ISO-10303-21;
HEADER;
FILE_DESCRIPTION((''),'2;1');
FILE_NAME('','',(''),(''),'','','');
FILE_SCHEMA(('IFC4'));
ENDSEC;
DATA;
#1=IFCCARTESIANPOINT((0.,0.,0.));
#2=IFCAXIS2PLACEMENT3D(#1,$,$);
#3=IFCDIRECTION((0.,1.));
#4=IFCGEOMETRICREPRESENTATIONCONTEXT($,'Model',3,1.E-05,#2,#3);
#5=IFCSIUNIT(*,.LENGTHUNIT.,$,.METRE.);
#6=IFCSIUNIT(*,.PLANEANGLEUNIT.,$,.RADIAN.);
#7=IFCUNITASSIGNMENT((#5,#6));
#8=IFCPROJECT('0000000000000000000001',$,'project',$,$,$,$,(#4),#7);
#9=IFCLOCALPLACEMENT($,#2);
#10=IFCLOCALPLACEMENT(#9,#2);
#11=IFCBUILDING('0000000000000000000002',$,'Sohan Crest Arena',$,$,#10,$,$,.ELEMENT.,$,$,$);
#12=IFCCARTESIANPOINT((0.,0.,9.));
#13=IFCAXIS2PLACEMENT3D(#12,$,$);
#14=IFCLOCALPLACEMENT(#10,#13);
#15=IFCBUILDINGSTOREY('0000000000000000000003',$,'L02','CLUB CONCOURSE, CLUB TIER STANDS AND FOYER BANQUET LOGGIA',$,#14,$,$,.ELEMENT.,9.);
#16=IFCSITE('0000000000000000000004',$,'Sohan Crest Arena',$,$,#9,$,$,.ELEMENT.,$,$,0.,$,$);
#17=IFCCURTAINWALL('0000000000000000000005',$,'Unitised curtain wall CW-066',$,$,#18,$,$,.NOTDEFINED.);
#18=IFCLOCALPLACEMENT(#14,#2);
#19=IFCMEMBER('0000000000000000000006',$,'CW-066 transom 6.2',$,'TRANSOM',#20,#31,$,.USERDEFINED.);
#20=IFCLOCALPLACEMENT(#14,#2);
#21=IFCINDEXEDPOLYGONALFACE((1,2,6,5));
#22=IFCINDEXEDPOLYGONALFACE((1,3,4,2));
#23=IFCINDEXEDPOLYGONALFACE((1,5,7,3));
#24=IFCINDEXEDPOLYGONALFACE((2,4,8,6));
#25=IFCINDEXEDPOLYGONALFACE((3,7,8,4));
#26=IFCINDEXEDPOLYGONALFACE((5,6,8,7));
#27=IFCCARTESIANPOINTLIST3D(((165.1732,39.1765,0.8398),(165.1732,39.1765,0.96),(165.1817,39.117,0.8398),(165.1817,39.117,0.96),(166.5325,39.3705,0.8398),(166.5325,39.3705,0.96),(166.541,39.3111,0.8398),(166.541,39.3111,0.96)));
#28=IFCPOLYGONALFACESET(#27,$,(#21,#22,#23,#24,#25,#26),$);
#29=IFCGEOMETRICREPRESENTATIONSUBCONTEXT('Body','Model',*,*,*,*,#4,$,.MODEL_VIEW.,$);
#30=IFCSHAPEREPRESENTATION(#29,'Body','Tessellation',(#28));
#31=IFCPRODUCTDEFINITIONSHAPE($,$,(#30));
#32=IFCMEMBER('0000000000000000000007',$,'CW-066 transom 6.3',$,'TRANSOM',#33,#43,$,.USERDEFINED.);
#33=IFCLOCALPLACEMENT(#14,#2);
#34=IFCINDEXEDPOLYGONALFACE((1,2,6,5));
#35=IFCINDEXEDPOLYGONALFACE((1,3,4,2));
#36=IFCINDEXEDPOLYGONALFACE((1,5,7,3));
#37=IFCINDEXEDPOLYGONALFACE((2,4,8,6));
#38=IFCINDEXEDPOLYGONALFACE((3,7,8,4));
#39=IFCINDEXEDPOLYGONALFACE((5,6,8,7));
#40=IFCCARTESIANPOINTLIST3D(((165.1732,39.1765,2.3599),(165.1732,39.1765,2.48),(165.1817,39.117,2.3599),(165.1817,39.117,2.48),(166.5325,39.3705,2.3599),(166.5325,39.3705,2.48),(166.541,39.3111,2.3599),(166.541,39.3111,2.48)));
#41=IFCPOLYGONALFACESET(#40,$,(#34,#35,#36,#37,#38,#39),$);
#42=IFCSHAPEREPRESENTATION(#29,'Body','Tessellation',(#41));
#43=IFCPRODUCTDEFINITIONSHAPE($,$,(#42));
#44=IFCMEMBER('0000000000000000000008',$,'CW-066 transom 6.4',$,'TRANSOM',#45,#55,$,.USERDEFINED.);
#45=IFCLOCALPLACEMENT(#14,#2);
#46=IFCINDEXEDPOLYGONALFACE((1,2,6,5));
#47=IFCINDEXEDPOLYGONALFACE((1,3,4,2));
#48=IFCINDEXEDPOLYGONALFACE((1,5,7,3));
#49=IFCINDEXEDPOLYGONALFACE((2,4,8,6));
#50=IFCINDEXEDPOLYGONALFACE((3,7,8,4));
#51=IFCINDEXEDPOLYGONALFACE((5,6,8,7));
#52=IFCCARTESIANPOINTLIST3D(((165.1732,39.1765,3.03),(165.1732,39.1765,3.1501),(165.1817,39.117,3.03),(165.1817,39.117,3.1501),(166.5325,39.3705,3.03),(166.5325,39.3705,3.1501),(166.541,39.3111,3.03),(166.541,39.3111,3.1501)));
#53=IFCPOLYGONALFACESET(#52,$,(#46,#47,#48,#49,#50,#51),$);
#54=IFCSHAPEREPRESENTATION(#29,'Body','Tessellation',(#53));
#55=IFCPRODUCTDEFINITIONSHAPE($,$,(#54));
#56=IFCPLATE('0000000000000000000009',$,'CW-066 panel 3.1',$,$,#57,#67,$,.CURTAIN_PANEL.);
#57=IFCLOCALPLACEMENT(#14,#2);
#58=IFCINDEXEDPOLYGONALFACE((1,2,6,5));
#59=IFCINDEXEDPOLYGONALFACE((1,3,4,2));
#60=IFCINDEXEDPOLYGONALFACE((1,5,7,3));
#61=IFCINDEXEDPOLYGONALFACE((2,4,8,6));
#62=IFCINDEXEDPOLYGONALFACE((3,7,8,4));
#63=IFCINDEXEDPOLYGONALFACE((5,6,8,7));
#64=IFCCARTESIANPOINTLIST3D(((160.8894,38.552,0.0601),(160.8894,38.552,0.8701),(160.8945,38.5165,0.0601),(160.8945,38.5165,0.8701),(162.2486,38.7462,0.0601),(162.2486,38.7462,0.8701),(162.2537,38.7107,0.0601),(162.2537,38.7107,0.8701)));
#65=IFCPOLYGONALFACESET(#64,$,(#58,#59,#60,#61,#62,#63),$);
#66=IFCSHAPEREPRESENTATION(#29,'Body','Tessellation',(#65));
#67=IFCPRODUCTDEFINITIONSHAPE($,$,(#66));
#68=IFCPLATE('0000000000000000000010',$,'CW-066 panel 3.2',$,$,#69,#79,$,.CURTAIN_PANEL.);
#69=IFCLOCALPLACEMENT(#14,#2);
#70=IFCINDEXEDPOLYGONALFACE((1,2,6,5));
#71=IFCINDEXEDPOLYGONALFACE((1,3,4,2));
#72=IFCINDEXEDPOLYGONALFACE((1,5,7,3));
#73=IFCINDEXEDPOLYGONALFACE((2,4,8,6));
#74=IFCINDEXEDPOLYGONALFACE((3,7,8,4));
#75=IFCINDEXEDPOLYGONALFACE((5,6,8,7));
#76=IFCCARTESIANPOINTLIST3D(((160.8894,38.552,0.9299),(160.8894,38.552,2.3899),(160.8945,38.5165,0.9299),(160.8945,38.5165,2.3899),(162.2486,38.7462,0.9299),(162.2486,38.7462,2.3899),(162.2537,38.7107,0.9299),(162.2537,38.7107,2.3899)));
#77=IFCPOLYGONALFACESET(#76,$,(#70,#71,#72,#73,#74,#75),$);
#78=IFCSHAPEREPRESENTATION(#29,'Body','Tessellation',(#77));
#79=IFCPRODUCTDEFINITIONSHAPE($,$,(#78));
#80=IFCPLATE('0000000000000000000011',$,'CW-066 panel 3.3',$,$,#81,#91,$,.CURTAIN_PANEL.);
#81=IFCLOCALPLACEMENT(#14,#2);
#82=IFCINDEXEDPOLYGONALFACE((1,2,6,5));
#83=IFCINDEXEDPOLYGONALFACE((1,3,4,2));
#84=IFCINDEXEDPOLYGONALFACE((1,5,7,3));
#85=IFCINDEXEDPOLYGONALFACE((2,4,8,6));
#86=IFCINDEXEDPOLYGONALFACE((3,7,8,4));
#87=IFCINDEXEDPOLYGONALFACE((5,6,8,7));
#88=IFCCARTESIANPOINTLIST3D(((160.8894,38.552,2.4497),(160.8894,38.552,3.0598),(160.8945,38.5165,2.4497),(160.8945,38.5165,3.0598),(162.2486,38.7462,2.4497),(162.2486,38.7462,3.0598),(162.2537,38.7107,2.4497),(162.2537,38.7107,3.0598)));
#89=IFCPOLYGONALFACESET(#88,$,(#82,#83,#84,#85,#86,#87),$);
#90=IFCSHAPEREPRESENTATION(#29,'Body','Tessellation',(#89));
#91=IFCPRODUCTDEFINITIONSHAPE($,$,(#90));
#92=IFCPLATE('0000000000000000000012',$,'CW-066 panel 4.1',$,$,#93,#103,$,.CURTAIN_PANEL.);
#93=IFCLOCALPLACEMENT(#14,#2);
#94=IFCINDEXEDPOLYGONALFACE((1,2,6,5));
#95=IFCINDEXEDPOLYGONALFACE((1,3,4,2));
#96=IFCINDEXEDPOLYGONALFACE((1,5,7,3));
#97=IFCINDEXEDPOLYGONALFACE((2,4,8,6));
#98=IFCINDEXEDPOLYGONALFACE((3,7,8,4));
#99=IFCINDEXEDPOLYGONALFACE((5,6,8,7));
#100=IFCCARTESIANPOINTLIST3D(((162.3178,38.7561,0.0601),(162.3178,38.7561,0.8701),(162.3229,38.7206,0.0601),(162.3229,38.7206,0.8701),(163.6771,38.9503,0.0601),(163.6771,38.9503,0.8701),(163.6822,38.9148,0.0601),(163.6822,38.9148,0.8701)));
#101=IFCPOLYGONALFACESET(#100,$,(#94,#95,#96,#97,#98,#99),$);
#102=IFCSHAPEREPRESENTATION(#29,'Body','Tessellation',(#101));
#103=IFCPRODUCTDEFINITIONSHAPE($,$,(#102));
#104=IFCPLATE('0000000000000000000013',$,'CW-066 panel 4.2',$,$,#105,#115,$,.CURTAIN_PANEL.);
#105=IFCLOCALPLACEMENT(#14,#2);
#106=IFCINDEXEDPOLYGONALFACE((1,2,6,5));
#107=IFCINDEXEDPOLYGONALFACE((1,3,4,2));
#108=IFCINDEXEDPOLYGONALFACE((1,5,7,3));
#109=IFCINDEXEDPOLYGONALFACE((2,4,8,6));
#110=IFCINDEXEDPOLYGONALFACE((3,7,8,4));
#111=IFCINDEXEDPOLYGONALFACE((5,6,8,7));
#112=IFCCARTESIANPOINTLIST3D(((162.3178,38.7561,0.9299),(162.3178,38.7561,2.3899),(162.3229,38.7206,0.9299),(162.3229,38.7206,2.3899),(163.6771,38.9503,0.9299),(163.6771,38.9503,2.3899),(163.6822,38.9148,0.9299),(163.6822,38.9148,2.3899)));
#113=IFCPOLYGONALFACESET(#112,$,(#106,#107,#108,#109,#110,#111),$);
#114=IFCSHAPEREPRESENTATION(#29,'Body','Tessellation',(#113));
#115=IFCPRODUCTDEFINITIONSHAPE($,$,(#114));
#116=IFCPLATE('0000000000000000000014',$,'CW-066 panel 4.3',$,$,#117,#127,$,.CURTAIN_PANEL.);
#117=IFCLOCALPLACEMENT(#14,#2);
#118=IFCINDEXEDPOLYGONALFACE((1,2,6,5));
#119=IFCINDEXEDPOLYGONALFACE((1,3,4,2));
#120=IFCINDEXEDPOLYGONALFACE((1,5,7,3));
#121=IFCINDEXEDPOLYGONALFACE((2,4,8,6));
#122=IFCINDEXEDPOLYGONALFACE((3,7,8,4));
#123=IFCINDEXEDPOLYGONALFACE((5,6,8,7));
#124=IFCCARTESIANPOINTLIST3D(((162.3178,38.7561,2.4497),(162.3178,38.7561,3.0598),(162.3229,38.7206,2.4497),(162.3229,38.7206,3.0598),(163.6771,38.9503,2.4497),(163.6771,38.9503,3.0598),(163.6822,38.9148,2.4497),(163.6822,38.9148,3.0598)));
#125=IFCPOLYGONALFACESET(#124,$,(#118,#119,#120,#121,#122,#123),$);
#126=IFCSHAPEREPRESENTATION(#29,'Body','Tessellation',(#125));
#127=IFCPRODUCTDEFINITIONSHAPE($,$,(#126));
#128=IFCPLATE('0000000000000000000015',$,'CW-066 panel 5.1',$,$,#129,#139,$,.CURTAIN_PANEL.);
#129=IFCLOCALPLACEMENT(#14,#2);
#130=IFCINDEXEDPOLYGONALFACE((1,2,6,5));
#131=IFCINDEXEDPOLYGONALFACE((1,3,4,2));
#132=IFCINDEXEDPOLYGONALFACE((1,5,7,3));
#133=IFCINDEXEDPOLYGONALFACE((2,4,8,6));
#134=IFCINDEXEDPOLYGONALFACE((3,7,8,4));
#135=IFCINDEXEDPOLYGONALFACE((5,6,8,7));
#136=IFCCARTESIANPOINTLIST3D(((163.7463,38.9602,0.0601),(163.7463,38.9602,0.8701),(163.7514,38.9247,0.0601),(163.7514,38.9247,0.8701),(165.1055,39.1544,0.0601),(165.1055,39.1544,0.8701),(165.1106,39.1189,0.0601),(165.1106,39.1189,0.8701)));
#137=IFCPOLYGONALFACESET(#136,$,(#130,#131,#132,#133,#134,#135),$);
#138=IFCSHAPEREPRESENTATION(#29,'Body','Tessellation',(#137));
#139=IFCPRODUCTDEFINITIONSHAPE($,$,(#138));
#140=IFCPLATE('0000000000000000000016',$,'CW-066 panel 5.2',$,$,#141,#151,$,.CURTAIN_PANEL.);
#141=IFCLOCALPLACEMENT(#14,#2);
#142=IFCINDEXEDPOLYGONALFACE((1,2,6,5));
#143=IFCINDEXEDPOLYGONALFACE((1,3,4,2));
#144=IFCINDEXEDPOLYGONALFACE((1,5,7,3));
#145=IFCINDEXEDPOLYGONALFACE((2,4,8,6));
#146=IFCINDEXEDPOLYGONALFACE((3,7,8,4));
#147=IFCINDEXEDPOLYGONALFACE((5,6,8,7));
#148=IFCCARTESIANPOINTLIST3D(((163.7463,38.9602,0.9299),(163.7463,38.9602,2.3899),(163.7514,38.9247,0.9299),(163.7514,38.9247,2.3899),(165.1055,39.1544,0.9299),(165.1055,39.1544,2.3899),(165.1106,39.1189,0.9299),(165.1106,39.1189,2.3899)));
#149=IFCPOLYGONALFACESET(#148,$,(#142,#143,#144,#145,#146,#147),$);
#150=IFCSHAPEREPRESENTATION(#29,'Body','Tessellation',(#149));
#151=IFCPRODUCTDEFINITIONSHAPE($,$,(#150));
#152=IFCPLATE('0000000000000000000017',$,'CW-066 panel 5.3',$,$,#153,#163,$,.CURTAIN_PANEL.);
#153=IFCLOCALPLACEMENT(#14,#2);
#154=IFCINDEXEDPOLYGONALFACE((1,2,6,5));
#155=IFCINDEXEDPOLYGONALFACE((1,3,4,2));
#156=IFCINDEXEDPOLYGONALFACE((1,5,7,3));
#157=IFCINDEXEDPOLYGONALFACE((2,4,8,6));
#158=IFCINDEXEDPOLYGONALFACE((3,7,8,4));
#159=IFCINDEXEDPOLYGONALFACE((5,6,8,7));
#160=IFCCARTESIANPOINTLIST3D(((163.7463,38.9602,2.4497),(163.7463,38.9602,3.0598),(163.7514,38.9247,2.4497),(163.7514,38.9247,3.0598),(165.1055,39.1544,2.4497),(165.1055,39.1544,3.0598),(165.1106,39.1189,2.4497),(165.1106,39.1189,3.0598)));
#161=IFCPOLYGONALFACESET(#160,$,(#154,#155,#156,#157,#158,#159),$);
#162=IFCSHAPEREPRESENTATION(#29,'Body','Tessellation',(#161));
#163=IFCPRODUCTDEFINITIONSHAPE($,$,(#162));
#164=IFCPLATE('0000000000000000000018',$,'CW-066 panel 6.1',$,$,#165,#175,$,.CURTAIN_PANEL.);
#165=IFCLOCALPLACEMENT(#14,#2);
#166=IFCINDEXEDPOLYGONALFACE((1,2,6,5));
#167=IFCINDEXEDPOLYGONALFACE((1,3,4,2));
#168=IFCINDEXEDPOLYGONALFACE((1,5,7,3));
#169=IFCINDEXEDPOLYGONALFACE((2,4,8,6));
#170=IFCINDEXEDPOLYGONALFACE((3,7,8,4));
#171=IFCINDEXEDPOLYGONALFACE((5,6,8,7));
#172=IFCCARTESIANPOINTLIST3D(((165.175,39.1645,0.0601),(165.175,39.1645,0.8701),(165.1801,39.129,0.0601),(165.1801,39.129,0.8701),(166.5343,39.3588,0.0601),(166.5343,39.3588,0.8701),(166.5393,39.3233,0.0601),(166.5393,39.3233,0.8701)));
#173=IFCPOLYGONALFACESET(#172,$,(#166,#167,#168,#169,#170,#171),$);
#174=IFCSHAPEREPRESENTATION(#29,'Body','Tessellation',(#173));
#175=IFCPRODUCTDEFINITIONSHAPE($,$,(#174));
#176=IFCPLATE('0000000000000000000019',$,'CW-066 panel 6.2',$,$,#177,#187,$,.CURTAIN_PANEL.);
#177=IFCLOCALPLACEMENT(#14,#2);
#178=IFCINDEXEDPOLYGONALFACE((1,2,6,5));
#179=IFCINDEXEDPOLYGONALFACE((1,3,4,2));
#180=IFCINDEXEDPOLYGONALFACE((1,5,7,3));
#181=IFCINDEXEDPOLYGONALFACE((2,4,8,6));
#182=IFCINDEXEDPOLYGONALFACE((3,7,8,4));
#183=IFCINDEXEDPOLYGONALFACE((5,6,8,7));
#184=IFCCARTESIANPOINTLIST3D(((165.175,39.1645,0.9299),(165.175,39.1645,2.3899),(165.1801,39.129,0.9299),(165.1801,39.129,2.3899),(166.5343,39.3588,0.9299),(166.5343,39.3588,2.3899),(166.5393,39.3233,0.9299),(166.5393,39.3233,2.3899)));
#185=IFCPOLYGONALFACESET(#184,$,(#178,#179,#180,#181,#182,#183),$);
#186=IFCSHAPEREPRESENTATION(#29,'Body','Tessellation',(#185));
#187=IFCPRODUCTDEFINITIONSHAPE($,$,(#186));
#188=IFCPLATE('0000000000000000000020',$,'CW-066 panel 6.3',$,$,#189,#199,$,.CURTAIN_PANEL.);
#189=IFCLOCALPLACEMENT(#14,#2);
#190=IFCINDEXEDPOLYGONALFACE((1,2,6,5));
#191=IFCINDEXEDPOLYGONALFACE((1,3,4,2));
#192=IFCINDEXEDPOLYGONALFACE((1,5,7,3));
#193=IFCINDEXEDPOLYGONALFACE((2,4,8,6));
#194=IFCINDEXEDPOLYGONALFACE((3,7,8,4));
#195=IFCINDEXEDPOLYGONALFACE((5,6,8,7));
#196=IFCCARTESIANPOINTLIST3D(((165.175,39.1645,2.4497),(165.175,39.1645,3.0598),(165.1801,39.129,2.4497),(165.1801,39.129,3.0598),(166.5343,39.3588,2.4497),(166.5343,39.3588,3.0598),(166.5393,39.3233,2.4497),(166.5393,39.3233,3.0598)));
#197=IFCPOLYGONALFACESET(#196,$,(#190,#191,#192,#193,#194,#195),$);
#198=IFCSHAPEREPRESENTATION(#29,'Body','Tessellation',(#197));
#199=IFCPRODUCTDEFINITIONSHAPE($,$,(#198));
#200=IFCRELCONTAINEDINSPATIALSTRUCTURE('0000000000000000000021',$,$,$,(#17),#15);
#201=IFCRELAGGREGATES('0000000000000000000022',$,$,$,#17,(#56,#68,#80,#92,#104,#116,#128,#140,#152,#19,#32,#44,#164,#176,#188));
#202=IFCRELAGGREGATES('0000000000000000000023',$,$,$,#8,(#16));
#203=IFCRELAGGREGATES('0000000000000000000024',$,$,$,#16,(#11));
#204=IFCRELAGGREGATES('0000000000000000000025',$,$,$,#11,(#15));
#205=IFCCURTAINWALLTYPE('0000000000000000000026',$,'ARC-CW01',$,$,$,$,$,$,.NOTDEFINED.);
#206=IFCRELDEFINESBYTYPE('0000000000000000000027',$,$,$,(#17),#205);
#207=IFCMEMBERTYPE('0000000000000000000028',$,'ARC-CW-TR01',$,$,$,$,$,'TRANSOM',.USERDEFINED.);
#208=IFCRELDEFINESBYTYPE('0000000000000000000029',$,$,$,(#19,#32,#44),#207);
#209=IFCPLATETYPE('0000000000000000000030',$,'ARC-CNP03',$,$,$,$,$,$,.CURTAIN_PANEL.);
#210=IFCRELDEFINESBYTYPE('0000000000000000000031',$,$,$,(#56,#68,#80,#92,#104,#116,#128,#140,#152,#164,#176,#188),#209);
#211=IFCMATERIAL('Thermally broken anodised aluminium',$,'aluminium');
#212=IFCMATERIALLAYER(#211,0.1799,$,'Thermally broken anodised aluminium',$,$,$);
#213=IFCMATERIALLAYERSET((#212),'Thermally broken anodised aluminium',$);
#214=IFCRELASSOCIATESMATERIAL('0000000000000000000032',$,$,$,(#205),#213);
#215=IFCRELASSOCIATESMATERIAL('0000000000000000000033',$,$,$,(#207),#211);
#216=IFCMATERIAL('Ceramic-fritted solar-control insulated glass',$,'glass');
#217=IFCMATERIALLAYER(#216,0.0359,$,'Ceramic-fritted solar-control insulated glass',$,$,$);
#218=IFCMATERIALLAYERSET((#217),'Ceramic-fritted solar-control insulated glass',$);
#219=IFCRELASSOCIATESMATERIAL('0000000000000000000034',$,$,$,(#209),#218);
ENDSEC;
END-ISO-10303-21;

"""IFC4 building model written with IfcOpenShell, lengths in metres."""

from ifc_helpers import new_model, si_unit, direction, frame, origin, origin_2d, place, context, subcontext, project, spatial, rectangle, extrude, material, layer, layer_set, material_profile, profile_set, type_object, element, aggregate, save


model = new_model("IFC4")

# Units and contexts
model_context = context("Model", 3, precision=1e-05, world=origin(), true_north=direction((0.0, 1.0)))
body_context = subcontext(model_context, "Body", "Model", "MODEL_VIEW")
ifc_project = project(units=[si_unit("LENGTHUNIT", "METRE"), si_unit("PLANEANGLEUNIT", "RADIAN")], contexts=[model_context])

# Site, building, storey
site_placement = place(None, origin())
site = spatial("IfcSite", under=ifc_project, at=site_placement, Name="Sohan Crest Arena", CompositionType="ELEMENT", RefElevation=0.0)
building_placement = place(site_placement, origin())
building = spatial("IfcBuilding", under=site, at=building_placement, Name="Sohan Crest Arena", CompositionType="ELEMENT")
storey_placement = place(building_placement, frame((0.0, 0.0, 9.0)))
storey = spatial("IfcBuildingStorey", under=building, at=storey_placement, Name="L02", Description="CLUB CONCOURSE, CLUB TIER STANDS AND FOYER BANQUET LOGGIA", CompositionType="ELEMENT", Elevation=9.0)

# Curtain wall, members, plates
ifc_material_1 = material(Name="Thermally broken anodised aluminium", Category="aluminium")
ifc_layer_1 = layer(ifc_material_1, 0.1799, Name="Thermally broken anodised aluminium")
ifc_layer_set_1 = layer_set([ifc_layer_1], Name="Thermally broken anodised aluminium")
curtain_wall_type = type_object("IfcCurtainWallType", Name="ARC-CW01", PredefinedType="NOTDEFINED", material=ifc_layer_set_1)
curtain_wall_placement = place(storey_placement, origin())
curtain_wall = element("IfcCurtainWall", 1, at=curtain_wall_placement, inside=storey, type_object=curtain_wall_type, Name="Unitised curtain wall CW-066", PredefinedType="NOTDEFINED")
ifc_material_profile_1 = material_profile(ifc_material_1, rectangle(XDim=0.0601, YDim=0.1201, at=origin_2d()), Name="ALU-TRAN 60x120")
ifc_profile_set_1 = profile_set([ifc_material_profile_1], Name="Thermally broken anodised aluminium")
member_type_1 = type_object("IfcMemberType", Name="ARC-CW-TR01", ElementType="TRANSOM", PredefinedType="USERDEFINED", material=ifc_profile_set_1)
member_1_placement = place(storey_placement, frame((165.1775, 39.1467, 0.8999), z_axis=(0.98996, 0.141347, 0.0), x_axis=(-0.141347, 0.98996, 0.0)))
member_1 = element("IfcMember", 2, at=member_1_placement, type_object=member_type_1, Name="CW-066 transom 6.2", ObjectType="TRANSOM", PredefinedType="USERDEFINED", context=body_context, shape_type="SweptSolid", body=[
    extrude(rectangle(XDim=0.0601, YDim=0.1201, at=origin_2d()), origin(), (0.0, 0.0, 1.0), 1.373),
])
member_2_placement = place(storey_placement, frame((165.1775, 39.1467, 2.4199), z_axis=(0.98996, 0.141347, 0.0), x_axis=(-0.141347, 0.98996, 0.0)))
member_2 = element("IfcMember", 3, at=member_2_placement, type_object=member_type_1, Name="CW-066 transom 6.3", ObjectType="TRANSOM", PredefinedType="USERDEFINED", context=body_context, shape_type="SweptSolid", body=[
    extrude(rectangle(XDim=0.0601, YDim=0.1201, at=origin_2d()), origin(), (0.0, 0.0, 1.0), 1.373),
])
member_3_placement = place(storey_placement, frame((165.1775, 39.1467, 3.0901), z_axis=(0.98996, 0.141347, 0.0), x_axis=(-0.141347, 0.98996, 0.0)))
member_3 = element("IfcMember", 4, at=member_3_placement, type_object=member_type_1, Name="CW-066 transom 6.4", ObjectType="TRANSOM", PredefinedType="USERDEFINED", context=body_context, shape_type="SweptSolid", body=[
    extrude(rectangle(XDim=0.0601, YDim=0.1201, at=origin_2d()), origin(), (0.0, 0.0, 1.0), 1.373),
])
ifc_material_2 = material(Name="Ceramic-fritted solar-control insulated glass", Category="glass")
ifc_layer_2 = layer(ifc_material_2, 0.0359, Name="Ceramic-fritted solar-control insulated glass")
ifc_layer_set_2 = layer_set([ifc_layer_2], Name="Ceramic-fritted solar-control insulated glass")
plate_type = type_object("IfcPlateType", Name="ARC-CNP03", PredefinedType="CURTAIN_PANEL", material=ifc_layer_set_2)
plate_1_placement = place(storey_placement, frame((161.5715, 38.6313, 0.0601), z_axis=(0.0, 0.0, 1.0), x_axis=(0.989944, 0.141463, 0.0)))
plate_1 = element("IfcPlate", 5, at=plate_1_placement, type_object=plate_type, Name="CW-066 panel 3.1", PredefinedType="CURTAIN_PANEL", context=body_context, shape_type="SweptSolid", body=[
    extrude(rectangle(XDim=1.373, YDim=0.0359, at=origin_2d()), origin(), (0.0, 0.0, 1.0), 0.8101),
])
plate_2_placement = place(storey_placement, frame((161.5715, 38.6313, 0.9299), z_axis=(0.0, 0.0, 1.0), x_axis=(0.989944, 0.141463, 0.0)))
plate_2 = element("IfcPlate", 6, at=plate_2_placement, type_object=plate_type, Name="CW-066 panel 3.2", PredefinedType="CURTAIN_PANEL", context=body_context, shape_type="SweptSolid", body=[
    extrude(rectangle(XDim=1.373, YDim=0.0359, at=origin_2d()), origin(), (0.0, 0.0, 1.0), 1.46),
])
plate_3_placement = place(storey_placement, frame((161.5715, 38.6313, 2.4497), z_axis=(0.0, 0.0, 1.0), x_axis=(0.989944, 0.141463, 0.0)))
plate_3 = element("IfcPlate", 7, at=plate_3_placement, type_object=plate_type, Name="CW-066 panel 3.3", PredefinedType="CURTAIN_PANEL", context=body_context, shape_type="SweptSolid", body=[
    extrude(rectangle(XDim=1.373, YDim=0.0359, at=origin_2d()), origin(), (0.0, 0.0, 1.0), 0.6101),
])
plate_4_placement = place(storey_placement, frame((163.0, 38.8354, 0.0601), z_axis=(0.0, 0.0, 1.0), x_axis=(0.989944, 0.141463, 0.0)))
plate_4 = element("IfcPlate", 8, at=plate_4_placement, type_object=plate_type, Name="CW-066 panel 4.1", PredefinedType="CURTAIN_PANEL", context=body_context, shape_type="SweptSolid", body=[
    extrude(rectangle(XDim=1.373, YDim=0.0359, at=origin_2d()), origin(), (0.0, 0.0, 1.0), 0.8101),
])
plate_5_placement = place(storey_placement, frame((163.0, 38.8354, 0.9299), z_axis=(0.0, 0.0, 1.0), x_axis=(0.989944, 0.141463, 0.0)))
plate_5 = element("IfcPlate", 9, at=plate_5_placement, type_object=plate_type, Name="CW-066 panel 4.2", PredefinedType="CURTAIN_PANEL", context=body_context, shape_type="SweptSolid", body=[
    extrude(rectangle(XDim=1.373, YDim=0.0359, at=origin_2d()), origin(), (0.0, 0.0, 1.0), 1.46),
])
plate_6_placement = place(storey_placement, frame((163.0, 38.8354, 2.4497), z_axis=(0.0, 0.0, 1.0), x_axis=(0.989944, 0.141463, 0.0)))
plate_6 = element("IfcPlate", 10, at=plate_6_placement, type_object=plate_type, Name="CW-066 panel 4.3", PredefinedType="CURTAIN_PANEL", context=body_context, shape_type="SweptSolid", body=[
    extrude(rectangle(XDim=1.373, YDim=0.0359, at=origin_2d()), origin(), (0.0, 0.0, 1.0), 0.6101),
])
plate_7_placement = place(storey_placement, frame((164.4285, 39.0396, 0.0601), z_axis=(0.0, 0.0, 1.0), x_axis=(0.989944, 0.141463, 0.0)))
plate_7 = element("IfcPlate", 11, at=plate_7_placement, type_object=plate_type, Name="CW-066 panel 5.1", PredefinedType="CURTAIN_PANEL", context=body_context, shape_type="SweptSolid", body=[
    extrude(rectangle(XDim=1.373, YDim=0.0359, at=origin_2d()), origin(), (0.0, 0.0, 1.0), 0.8101),
])
plate_8_placement = place(storey_placement, frame((164.4285, 39.0396, 0.9299), z_axis=(0.0, 0.0, 1.0), x_axis=(0.989944, 0.141463, 0.0)))
plate_8 = element("IfcPlate", 12, at=plate_8_placement, type_object=plate_type, Name="CW-066 panel 5.2", PredefinedType="CURTAIN_PANEL", context=body_context, shape_type="SweptSolid", body=[
    extrude(rectangle(XDim=1.373, YDim=0.0359, at=origin_2d()), origin(), (0.0, 0.0, 1.0), 1.46),
])
plate_9_placement = place(storey_placement, frame((164.4285, 39.0396, 2.4497), z_axis=(0.0, 0.0, 1.0), x_axis=(0.989944, 0.141463, 0.0)))
plate_9 = element("IfcPlate", 13, at=plate_9_placement, type_object=plate_type, Name="CW-066 panel 5.3", PredefinedType="CURTAIN_PANEL", context=body_context, shape_type="SweptSolid", body=[
    extrude(rectangle(XDim=1.373, YDim=0.0359, at=origin_2d()), origin(), (0.0, 0.0, 1.0), 0.6101),
])
plate_10_placement = place(storey_placement, frame((165.8572, 39.2439, 0.0601), z_axis=(0.0, 0.0, 1.0), x_axis=(0.989944, 0.141463, 0.0)))
plate_10 = element("IfcPlate", 14, at=plate_10_placement, type_object=plate_type, Name="CW-066 panel 6.1", PredefinedType="CURTAIN_PANEL", context=body_context, shape_type="SweptSolid", body=[
    extrude(rectangle(XDim=1.373, YDim=0.0359, at=origin_2d()), origin(), (0.0, 0.0, 1.0), 0.8101),
])
plate_11_placement = place(storey_placement, frame((165.8572, 39.2439, 0.9299), z_axis=(0.0, 0.0, 1.0), x_axis=(0.989944, 0.141463, 0.0)))
plate_11 = element("IfcPlate", 15, at=plate_11_placement, type_object=plate_type, Name="CW-066 panel 6.2", PredefinedType="CURTAIN_PANEL", context=body_context, shape_type="SweptSolid", body=[
    extrude(rectangle(XDim=1.373, YDim=0.0359, at=origin_2d()), origin(), (0.0, 0.0, 1.0), 1.46),
])
plate_12_placement = place(storey_placement, frame((165.8572, 39.2439, 2.4497), z_axis=(0.0, 0.0, 1.0), x_axis=(0.989944, 0.141463, 0.0)))
plate_12 = element("IfcPlate", 16, at=plate_12_placement, type_object=plate_type, Name="CW-066 panel 6.3", PredefinedType="CURTAIN_PANEL", context=body_context, shape_type="SweptSolid", body=[
    extrude(rectangle(XDim=1.373, YDim=0.0359, at=origin_2d()), origin(), (0.0, 0.0, 1.0), 0.6101),
])
aggregate(curtain_wall, [plate_1, plate_2, plate_3, plate_4, plate_5, plate_6, plate_7, plate_8, plate_9, member_1, member_2, member_3, plate_10, plate_11, plate_12])

save(model, "model.ifc")
